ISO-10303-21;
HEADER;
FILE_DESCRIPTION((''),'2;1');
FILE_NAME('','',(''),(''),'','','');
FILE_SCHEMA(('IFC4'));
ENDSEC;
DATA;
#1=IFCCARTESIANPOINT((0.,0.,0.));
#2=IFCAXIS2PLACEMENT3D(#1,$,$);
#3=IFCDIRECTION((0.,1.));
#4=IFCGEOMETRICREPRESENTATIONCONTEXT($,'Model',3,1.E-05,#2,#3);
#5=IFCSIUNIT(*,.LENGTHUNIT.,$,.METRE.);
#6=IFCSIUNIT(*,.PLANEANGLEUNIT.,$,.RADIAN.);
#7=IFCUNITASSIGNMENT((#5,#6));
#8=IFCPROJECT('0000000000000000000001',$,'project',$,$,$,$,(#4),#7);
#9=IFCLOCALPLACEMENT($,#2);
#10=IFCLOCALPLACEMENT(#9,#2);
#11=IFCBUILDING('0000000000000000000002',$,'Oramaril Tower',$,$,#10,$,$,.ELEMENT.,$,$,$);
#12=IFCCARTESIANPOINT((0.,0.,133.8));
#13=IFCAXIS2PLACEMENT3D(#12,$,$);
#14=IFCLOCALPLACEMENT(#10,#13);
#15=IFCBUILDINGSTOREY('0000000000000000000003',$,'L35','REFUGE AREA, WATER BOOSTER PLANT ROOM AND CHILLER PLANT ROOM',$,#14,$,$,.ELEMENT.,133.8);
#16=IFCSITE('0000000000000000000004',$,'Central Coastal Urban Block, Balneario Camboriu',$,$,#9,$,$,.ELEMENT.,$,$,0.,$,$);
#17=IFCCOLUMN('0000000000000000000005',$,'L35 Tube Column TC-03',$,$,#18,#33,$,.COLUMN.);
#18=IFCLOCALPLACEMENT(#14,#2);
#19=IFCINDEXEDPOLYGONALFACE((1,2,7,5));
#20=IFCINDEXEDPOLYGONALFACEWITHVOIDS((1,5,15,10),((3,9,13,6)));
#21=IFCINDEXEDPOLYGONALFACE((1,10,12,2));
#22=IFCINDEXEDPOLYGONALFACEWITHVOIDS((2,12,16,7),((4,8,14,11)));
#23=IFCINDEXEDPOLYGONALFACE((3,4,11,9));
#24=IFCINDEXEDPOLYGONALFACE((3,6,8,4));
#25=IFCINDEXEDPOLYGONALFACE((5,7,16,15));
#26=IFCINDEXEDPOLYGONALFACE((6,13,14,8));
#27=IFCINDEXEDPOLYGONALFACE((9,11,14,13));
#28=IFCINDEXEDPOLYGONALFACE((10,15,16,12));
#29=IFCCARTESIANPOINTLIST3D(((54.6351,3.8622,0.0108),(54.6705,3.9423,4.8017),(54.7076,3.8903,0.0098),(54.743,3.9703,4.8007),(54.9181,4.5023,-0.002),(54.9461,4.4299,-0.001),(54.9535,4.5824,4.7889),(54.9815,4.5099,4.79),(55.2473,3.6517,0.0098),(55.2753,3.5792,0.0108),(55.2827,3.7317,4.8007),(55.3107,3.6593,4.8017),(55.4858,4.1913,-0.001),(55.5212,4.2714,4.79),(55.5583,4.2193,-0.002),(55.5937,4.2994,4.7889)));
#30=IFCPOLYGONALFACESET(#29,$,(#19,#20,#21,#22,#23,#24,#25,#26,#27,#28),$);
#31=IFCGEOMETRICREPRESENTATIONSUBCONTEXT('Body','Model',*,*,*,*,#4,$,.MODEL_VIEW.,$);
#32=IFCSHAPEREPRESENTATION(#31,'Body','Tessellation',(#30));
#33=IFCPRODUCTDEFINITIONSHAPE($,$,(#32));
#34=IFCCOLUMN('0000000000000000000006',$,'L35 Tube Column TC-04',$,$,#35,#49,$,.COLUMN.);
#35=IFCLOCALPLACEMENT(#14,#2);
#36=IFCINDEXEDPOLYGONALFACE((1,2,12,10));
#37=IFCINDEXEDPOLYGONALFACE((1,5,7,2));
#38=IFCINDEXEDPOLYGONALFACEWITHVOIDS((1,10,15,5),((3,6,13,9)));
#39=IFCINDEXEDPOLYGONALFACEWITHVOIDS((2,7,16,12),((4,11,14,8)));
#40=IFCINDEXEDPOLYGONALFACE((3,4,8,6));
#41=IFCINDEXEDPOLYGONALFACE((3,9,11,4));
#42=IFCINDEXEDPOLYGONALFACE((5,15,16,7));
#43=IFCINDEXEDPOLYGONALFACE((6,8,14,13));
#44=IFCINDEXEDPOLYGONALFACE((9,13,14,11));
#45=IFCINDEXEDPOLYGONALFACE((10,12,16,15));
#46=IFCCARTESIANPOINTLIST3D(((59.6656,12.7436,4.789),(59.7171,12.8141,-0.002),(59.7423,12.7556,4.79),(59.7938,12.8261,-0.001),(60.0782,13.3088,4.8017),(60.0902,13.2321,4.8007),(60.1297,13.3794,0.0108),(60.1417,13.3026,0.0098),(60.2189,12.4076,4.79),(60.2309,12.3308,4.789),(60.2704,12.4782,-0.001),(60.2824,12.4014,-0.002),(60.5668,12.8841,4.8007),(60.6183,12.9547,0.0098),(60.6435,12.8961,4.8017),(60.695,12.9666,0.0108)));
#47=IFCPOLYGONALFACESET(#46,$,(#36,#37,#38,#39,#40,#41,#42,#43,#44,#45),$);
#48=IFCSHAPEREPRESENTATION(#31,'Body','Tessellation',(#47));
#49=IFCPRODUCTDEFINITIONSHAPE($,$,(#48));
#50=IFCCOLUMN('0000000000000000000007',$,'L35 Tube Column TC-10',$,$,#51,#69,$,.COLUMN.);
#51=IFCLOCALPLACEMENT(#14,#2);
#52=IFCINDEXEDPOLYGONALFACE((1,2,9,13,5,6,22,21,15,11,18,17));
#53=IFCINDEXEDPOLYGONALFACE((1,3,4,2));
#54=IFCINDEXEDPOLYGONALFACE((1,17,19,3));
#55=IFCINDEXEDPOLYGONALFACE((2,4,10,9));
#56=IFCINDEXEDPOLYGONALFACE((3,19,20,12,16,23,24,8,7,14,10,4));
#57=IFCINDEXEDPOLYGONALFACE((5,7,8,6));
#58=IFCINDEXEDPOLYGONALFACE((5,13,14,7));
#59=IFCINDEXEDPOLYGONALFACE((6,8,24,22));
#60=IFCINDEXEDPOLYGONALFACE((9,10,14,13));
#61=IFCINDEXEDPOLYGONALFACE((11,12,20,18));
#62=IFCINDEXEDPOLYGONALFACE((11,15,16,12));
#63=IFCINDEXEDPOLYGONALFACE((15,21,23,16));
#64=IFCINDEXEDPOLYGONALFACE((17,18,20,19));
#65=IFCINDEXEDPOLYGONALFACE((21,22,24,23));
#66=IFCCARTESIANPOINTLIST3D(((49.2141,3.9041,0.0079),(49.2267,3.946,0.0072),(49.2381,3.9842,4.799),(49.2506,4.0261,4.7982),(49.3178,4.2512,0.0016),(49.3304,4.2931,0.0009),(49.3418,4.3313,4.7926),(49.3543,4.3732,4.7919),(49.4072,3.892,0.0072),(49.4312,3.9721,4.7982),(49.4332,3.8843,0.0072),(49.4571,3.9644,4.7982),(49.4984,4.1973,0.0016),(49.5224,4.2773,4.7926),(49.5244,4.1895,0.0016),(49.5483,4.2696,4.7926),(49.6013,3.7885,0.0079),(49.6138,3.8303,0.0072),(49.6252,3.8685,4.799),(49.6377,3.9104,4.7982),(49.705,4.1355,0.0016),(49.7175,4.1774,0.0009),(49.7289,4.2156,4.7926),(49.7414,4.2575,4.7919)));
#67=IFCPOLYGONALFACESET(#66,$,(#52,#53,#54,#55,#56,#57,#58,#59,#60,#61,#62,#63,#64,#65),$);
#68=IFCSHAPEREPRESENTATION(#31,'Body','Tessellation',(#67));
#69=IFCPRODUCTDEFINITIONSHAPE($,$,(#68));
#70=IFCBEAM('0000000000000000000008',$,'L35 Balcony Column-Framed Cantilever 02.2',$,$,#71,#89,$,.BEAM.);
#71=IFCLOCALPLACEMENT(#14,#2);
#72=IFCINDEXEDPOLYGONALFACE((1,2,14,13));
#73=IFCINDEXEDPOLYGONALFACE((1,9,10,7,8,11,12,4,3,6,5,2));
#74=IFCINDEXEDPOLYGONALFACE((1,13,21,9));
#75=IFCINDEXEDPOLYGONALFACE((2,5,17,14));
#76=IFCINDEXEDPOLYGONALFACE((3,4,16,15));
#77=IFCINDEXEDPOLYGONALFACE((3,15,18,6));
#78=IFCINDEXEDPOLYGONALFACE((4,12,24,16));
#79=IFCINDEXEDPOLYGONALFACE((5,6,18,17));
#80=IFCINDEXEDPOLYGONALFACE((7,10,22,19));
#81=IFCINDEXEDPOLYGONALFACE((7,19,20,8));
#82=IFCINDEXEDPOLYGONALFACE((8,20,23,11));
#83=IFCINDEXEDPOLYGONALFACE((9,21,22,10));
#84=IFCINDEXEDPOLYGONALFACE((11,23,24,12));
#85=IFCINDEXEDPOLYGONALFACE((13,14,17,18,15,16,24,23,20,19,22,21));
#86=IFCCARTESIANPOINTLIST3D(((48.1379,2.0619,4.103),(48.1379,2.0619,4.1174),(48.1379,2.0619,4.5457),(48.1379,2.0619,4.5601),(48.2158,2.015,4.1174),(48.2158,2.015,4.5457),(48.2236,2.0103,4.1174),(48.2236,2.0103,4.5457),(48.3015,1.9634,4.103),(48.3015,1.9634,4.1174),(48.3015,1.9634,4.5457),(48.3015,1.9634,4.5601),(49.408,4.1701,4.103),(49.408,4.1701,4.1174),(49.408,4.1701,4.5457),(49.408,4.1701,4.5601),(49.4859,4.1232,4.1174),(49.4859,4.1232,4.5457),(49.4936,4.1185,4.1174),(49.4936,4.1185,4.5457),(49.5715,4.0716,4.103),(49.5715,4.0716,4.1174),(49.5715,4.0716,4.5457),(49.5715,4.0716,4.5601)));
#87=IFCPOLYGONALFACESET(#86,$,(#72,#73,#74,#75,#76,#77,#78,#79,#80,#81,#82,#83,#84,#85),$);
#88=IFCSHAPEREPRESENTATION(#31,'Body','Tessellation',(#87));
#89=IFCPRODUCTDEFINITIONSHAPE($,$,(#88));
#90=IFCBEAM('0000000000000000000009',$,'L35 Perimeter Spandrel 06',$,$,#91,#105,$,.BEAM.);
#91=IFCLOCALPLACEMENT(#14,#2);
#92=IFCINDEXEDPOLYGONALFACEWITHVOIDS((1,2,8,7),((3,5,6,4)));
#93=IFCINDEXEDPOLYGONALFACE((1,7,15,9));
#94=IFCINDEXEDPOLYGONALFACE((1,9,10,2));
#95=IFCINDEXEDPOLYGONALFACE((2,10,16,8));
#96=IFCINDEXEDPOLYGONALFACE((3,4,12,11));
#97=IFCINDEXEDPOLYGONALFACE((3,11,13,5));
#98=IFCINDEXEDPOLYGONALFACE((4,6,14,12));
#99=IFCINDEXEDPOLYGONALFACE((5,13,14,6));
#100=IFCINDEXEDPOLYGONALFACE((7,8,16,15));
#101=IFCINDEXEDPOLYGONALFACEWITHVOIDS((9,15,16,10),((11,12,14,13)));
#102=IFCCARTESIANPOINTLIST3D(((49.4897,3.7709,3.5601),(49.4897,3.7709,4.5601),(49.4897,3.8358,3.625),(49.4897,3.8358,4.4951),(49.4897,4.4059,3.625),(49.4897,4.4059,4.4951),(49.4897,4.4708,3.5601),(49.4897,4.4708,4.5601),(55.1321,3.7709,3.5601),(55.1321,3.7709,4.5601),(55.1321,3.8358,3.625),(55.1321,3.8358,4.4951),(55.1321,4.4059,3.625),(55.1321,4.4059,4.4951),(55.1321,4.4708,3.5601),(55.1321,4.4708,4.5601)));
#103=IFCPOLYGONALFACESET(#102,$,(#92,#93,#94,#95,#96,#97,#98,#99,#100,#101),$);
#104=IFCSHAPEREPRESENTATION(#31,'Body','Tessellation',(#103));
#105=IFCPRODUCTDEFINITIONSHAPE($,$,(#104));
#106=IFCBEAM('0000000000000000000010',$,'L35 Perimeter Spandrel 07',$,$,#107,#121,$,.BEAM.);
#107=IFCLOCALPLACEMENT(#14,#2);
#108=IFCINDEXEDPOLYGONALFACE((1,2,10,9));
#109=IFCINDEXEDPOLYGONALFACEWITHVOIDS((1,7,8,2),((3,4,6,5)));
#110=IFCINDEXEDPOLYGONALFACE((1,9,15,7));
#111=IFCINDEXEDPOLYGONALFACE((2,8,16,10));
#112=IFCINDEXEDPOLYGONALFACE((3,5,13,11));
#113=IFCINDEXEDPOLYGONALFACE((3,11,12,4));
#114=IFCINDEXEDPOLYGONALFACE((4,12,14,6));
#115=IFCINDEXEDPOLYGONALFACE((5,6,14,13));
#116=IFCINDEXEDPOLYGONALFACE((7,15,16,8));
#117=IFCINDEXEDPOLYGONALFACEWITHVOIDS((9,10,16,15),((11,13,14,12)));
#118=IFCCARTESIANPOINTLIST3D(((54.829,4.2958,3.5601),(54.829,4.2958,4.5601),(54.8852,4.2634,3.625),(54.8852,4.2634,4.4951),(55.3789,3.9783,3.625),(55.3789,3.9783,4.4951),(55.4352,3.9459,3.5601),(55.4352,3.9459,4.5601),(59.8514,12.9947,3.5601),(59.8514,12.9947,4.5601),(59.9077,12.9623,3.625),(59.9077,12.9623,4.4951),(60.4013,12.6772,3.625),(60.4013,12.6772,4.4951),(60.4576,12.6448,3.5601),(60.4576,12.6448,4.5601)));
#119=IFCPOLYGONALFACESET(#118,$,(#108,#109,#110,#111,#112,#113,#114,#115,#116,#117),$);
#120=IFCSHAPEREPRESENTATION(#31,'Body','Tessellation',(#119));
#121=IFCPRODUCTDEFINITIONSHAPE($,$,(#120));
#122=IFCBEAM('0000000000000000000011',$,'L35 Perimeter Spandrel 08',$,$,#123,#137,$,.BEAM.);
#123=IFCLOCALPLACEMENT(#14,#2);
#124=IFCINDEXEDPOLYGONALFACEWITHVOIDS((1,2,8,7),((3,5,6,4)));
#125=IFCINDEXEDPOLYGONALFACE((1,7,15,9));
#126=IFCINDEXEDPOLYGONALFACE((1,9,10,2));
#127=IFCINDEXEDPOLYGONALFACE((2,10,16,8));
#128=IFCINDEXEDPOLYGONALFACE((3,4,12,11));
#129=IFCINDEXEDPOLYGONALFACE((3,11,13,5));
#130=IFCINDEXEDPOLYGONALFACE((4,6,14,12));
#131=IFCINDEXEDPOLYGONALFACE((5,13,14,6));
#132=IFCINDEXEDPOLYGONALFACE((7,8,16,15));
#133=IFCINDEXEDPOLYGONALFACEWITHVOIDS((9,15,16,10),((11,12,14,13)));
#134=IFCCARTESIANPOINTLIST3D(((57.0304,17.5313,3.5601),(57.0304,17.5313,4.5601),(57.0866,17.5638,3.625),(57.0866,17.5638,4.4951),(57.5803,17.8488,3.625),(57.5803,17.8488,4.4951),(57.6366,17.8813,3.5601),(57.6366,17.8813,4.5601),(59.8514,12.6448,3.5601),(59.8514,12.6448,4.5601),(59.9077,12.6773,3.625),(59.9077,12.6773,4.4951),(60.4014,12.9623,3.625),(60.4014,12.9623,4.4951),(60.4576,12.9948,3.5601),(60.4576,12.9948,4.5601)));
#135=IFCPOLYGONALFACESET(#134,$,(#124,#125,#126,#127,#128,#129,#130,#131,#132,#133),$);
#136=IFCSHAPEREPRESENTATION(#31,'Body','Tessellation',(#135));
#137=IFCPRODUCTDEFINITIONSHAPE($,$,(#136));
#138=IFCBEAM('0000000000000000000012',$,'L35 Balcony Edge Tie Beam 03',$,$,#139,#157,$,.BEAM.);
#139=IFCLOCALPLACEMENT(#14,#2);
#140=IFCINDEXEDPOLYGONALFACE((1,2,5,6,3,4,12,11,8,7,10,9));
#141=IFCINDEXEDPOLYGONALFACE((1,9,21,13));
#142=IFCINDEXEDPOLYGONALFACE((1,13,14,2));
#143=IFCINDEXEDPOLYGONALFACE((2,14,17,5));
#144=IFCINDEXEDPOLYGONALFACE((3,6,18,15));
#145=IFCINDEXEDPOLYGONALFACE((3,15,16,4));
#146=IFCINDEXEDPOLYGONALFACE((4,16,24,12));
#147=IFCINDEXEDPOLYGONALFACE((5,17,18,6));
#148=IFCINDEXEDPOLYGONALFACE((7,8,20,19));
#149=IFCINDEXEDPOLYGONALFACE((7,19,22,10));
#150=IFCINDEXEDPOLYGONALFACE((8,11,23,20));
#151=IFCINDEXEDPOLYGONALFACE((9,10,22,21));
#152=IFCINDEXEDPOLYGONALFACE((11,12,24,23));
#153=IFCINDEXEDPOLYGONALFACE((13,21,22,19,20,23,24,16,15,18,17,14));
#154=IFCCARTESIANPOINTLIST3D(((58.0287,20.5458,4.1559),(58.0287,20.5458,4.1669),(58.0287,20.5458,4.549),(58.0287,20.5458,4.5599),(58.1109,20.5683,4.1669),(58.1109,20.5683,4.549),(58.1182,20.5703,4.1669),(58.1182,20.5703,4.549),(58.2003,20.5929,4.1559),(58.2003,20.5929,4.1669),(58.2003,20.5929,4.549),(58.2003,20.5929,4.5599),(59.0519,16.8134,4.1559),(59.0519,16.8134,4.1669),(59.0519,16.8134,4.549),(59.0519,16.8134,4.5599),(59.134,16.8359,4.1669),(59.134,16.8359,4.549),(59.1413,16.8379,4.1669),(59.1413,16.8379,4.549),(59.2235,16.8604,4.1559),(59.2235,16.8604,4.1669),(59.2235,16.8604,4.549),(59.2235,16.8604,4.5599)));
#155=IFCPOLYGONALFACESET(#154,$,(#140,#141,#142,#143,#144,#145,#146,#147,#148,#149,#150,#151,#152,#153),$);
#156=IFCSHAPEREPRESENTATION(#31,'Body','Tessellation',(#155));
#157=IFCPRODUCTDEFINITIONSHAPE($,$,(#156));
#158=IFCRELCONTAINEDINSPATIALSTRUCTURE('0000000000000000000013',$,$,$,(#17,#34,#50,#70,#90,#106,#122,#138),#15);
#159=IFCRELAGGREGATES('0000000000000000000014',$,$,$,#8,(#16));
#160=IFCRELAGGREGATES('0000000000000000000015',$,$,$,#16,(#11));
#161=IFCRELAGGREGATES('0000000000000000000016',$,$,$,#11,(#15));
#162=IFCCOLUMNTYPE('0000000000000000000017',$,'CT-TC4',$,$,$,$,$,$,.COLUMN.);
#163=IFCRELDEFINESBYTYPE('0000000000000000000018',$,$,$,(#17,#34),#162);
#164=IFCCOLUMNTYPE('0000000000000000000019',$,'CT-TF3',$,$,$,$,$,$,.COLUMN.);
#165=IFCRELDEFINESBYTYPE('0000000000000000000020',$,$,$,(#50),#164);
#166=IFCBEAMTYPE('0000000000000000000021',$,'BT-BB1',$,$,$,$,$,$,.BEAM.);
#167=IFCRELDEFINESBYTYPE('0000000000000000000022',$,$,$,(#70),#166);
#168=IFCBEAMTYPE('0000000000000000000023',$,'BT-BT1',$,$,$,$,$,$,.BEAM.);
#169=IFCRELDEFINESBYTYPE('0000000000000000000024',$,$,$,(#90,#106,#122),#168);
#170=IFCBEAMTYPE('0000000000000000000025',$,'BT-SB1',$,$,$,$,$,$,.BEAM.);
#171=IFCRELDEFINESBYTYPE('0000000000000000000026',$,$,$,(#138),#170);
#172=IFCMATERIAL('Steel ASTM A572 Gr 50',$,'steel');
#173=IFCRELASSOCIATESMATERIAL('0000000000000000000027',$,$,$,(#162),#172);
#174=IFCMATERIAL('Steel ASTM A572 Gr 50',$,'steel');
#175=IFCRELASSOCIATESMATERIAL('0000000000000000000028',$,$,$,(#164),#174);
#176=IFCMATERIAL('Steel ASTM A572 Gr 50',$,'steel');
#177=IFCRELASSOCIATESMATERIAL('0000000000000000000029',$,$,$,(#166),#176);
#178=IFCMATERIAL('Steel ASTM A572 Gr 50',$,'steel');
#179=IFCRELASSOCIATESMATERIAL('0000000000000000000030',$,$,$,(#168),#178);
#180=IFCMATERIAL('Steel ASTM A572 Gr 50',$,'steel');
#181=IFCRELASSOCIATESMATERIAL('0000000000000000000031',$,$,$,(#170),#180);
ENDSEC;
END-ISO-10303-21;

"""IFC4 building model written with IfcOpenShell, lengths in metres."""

from ifc_helpers import new_model, si_unit, direction, frame, origin, origin_2d, place, context, subcontext, project, spatial, hollow_rectangle, i_section, extrude, material, material_profile, profile_set, type_object, element, save


model = new_model("IFC4")

# Units and contexts
model_context = context("Model", 3, precision=1e-05, world=origin(), true_north=direction((0.0, 1.0)))
body_context = subcontext(model_context, "Body", "Model", "MODEL_VIEW")
ifc_project = project(units=[si_unit("LENGTHUNIT", "METRE"), si_unit("PLANEANGLEUNIT", "RADIAN")], contexts=[model_context])

# Site, building, storey
site_placement = place(None, origin())
site = spatial("IfcSite", under=ifc_project, at=site_placement, Name="Central Coastal Urban Block, Balneario Camboriu", CompositionType="ELEMENT", RefElevation=0.0)
building_placement = place(site_placement, origin())
building = spatial("IfcBuilding", under=site, at=building_placement, Name="Oramaril Tower", CompositionType="ELEMENT")
storey_placement = place(building_placement, frame((0.0, 0.0, 133.8)))
storey = spatial("IfcBuildingStorey", under=building, at=storey_placement, Name="L35", Description="REFUGE AREA, WATER BOOSTER PLANT ROOM AND CHILLER PLANT ROOM", CompositionType="ELEMENT", Elevation=133.8)

# Columns
ifc_material_1 = material(Name="Steel ASTM A572 Gr 50", Category="steel")
ifc_material_profile_1 = material_profile(ifc_material_1, hollow_rectangle(XDim=0.7, YDim=0.7, WallThickness=0.0549, at=origin_2d()), Name="BOX700X700X55")
ifc_profile_set_1 = profile_set([ifc_material_profile_1], Name="Steel ASTM A572 Gr 50")
column_type_1 = type_object("IfcColumnType", Name="CT-TC4", PredefinedType="COLUMN", material=ifc_profile_set_1)
for number, where, z_axis, x_axis, name in (
    (1, (55.0967, 4.0408, 0.0044), (0.007388, 0.016711, 0.999833), (-0.914615, 0.404327, 0.0), "L35 Tube Column TC-03"),
    (2, (60.2061, 12.8904, 0.0044), (-0.01075, -0.014724, 0.999834), (0.807647, -0.589666, 0.0), "L35 Tube Column TC-04"),
):
    element("IfcColumn", number, at=place(storey_placement, frame(where, z_axis=z_axis, x_axis=x_axis)), inside=storey, type_object=column_type_1, Name=name, PredefinedType="COLUMN", context=body_context, shape_type="SweptSolid", body=[
        extrude(hollow_rectangle(XDim=0.7, YDim=0.7, WallThickness=0.0549, at=origin_2d()), origin(), (0.0, 0.0, 1.0), 4.7917),
    ])
ifc_material_2 = material(Name="Steel ASTM A572 Gr 50", Category="steel")
ifc_material_profile_2 = material_profile(ifc_material_2, i_section(OverallWidth=0.4041, OverallDepth=0.406, WebThickness=0.0271, FlangeThickness=0.0437, at=origin_2d()), Name="W14X233")
ifc_profile_set_2 = profile_set([ifc_material_profile_2], Name="Steel ASTM A572 Gr 50")
column_type_2 = type_object("IfcColumnType", Name="CT-TF3", PredefinedType="COLUMN", material=ifc_profile_set_2)
column_placement = place(storey_placement, frame((49.4658, 4.0408, 0.0044), z_axis=(0.004993, 0.016712, 0.999848), x_axis=(-0.958147, 0.286276, 0.0)))
element("IfcColumn", 3, at=column_placement, inside=storey, type_object=column_type_2, Name="L35 Tube Column TC-10", PredefinedType="COLUMN", context=body_context, shape_type="SweptSolid", body=[
    extrude(i_section(OverallWidth=0.4041, OverallDepth=0.406, WebThickness=0.0271, FlangeThickness=0.0437, at=origin_2d()), origin(), (0.0, 0.0, 1.0), 4.7917),
])

# Beams
ifc_material_3 = material(Name="Steel ASTM A572 Gr 50", Category="steel")
ifc_material_profile_3 = material_profile(ifc_material_3, i_section(OverallWidth=0.1909, OverallDepth=0.457, WebThickness=0.009, FlangeThickness=0.0144, at=origin_2d()), Name="W18X50")
ifc_profile_set_3 = profile_set([ifc_material_profile_3], Name="Steel ASTM A572 Gr 50")
beam_type_1 = type_object("IfcBeamType", Name="BT-BB1", PredefinedType="BEAM", material=ifc_profile_set_3)
beam_1_placement = place(storey_placement, frame((49.4897, 4.1208, 4.3315), z_axis=(-0.516027, -0.856573, 0.0), x_axis=(0.856573, -0.516027, 0.0)))
element("IfcBeam", 4, at=beam_1_placement, inside=storey, type_object=beam_type_1, Name="L35 Balcony Column-Framed Cantilever 02.2", PredefinedType="BEAM", context=body_context, shape_type="SweptSolid", body=[
    extrude(i_section(OverallWidth=0.1909, OverallDepth=0.457, WebThickness=0.009, FlangeThickness=0.0144, at=origin_2d()), origin(), (0.0, 0.0, 1.0), 2.4612),
])
ifc_material_4 = material(Name="Steel ASTM A572 Gr 50", Category="steel")
ifc_material_profile_4 = material_profile(ifc_material_4, hollow_rectangle(XDim=0.7, YDim=1.0, WallThickness=0.0649, at=origin_2d()), Name="BOX1000X700X65")
ifc_profile_set_4 = profile_set([ifc_material_profile_4], Name="Steel ASTM A572 Gr 50")
beam_type_2 = type_object("IfcBeamType", Name="BT-BT1", PredefinedType="BEAM", material=ifc_profile_set_4)
beam_2_placement = place(storey_placement, frame((49.4897, 4.1208, 4.0601), z_axis=(1.0, 0.0, 0.0), x_axis=(0.0, 1.0, 0.0)))
element("IfcBeam", 5, at=beam_2_placement, inside=storey, type_object=beam_type_2, Name="L35 Perimeter Spandrel 06", PredefinedType="BEAM", context=body_context, shape_type="SweptSolid", body=[
    extrude(hollow_rectangle(XDim=0.7, YDim=1.0, WallThickness=0.0649, at=origin_2d()), origin(), (0.0, 0.0, 1.0), 5.6423),
])
beam_3_placement = place(storey_placement, frame((55.1321, 4.1208, 4.0601), z_axis=(0.500008, 0.866021, 0.0), x_axis=(-0.866021, 0.500008, 0.0)))
element("IfcBeam", 6, at=beam_3_placement, inside=storey, type_object=beam_type_2, Name="L35 Perimeter Spandrel 07", PredefinedType="BEAM", context=body_context, shape_type="SweptSolid", body=[
    extrude(hollow_rectangle(XDim=0.7, YDim=1.0, WallThickness=0.0649, at=origin_2d()), origin(), (0.0, 0.0, 1.0), 10.0447),
])
beam_4_placement = place(storey_placement, frame((60.1545, 12.8198, 4.0601), z_axis=(-0.499978, 0.866038, 0.0), x_axis=(-0.866038, -0.499978, 0.0)))
element("IfcBeam", 7, at=beam_4_placement, inside=storey, type_object=beam_type_2, Name="L35 Perimeter Spandrel 08", PredefinedType="BEAM", context=body_context, shape_type="SweptSolid", body=[
    extrude(hollow_rectangle(XDim=0.7, YDim=1.0, WallThickness=0.0649, at=origin_2d()), origin(), (0.0, 0.0, 1.0), 5.6423),
])
ifc_material_5 = material(Name="Steel ASTM A572 Gr 50", Category="steel")
ifc_material_profile_5 = material_profile(ifc_material_5, i_section(OverallWidth=0.178, OverallDepth=0.4041, WebThickness=0.0076, FlangeThickness=0.011, at=origin_2d()), Name="W16X36")
ifc_profile_set_5 = profile_set([ifc_material_profile_5], Name="Steel ASTM A572 Gr 50")
beam_type_3 = type_object("IfcBeamType", Name="BT-SB1", PredefinedType="BEAM", material=ifc_profile_set_5)
beam_5_placement = place(storey_placement, frame((59.1377, 16.8369, 4.3579), z_axis=(-0.264382, 0.964418, 0.0), x_axis=(-0.964418, -0.264382, 0.0)))
element("IfcBeam", 8, at=beam_5_placement, inside=storey, type_object=beam_type_3, Name="L35 Balcony Edge Tie Beam 03", PredefinedType="BEAM", context=body_context, shape_type="SweptSolid", body=[
    extrude(i_section(OverallWidth=0.178, OverallDepth=0.4041, WebThickness=0.0076, FlangeThickness=0.011, at=origin_2d()), origin(), (0.0, 0.0, 1.0), 3.8701),
])

save(model, "model.ifc")
